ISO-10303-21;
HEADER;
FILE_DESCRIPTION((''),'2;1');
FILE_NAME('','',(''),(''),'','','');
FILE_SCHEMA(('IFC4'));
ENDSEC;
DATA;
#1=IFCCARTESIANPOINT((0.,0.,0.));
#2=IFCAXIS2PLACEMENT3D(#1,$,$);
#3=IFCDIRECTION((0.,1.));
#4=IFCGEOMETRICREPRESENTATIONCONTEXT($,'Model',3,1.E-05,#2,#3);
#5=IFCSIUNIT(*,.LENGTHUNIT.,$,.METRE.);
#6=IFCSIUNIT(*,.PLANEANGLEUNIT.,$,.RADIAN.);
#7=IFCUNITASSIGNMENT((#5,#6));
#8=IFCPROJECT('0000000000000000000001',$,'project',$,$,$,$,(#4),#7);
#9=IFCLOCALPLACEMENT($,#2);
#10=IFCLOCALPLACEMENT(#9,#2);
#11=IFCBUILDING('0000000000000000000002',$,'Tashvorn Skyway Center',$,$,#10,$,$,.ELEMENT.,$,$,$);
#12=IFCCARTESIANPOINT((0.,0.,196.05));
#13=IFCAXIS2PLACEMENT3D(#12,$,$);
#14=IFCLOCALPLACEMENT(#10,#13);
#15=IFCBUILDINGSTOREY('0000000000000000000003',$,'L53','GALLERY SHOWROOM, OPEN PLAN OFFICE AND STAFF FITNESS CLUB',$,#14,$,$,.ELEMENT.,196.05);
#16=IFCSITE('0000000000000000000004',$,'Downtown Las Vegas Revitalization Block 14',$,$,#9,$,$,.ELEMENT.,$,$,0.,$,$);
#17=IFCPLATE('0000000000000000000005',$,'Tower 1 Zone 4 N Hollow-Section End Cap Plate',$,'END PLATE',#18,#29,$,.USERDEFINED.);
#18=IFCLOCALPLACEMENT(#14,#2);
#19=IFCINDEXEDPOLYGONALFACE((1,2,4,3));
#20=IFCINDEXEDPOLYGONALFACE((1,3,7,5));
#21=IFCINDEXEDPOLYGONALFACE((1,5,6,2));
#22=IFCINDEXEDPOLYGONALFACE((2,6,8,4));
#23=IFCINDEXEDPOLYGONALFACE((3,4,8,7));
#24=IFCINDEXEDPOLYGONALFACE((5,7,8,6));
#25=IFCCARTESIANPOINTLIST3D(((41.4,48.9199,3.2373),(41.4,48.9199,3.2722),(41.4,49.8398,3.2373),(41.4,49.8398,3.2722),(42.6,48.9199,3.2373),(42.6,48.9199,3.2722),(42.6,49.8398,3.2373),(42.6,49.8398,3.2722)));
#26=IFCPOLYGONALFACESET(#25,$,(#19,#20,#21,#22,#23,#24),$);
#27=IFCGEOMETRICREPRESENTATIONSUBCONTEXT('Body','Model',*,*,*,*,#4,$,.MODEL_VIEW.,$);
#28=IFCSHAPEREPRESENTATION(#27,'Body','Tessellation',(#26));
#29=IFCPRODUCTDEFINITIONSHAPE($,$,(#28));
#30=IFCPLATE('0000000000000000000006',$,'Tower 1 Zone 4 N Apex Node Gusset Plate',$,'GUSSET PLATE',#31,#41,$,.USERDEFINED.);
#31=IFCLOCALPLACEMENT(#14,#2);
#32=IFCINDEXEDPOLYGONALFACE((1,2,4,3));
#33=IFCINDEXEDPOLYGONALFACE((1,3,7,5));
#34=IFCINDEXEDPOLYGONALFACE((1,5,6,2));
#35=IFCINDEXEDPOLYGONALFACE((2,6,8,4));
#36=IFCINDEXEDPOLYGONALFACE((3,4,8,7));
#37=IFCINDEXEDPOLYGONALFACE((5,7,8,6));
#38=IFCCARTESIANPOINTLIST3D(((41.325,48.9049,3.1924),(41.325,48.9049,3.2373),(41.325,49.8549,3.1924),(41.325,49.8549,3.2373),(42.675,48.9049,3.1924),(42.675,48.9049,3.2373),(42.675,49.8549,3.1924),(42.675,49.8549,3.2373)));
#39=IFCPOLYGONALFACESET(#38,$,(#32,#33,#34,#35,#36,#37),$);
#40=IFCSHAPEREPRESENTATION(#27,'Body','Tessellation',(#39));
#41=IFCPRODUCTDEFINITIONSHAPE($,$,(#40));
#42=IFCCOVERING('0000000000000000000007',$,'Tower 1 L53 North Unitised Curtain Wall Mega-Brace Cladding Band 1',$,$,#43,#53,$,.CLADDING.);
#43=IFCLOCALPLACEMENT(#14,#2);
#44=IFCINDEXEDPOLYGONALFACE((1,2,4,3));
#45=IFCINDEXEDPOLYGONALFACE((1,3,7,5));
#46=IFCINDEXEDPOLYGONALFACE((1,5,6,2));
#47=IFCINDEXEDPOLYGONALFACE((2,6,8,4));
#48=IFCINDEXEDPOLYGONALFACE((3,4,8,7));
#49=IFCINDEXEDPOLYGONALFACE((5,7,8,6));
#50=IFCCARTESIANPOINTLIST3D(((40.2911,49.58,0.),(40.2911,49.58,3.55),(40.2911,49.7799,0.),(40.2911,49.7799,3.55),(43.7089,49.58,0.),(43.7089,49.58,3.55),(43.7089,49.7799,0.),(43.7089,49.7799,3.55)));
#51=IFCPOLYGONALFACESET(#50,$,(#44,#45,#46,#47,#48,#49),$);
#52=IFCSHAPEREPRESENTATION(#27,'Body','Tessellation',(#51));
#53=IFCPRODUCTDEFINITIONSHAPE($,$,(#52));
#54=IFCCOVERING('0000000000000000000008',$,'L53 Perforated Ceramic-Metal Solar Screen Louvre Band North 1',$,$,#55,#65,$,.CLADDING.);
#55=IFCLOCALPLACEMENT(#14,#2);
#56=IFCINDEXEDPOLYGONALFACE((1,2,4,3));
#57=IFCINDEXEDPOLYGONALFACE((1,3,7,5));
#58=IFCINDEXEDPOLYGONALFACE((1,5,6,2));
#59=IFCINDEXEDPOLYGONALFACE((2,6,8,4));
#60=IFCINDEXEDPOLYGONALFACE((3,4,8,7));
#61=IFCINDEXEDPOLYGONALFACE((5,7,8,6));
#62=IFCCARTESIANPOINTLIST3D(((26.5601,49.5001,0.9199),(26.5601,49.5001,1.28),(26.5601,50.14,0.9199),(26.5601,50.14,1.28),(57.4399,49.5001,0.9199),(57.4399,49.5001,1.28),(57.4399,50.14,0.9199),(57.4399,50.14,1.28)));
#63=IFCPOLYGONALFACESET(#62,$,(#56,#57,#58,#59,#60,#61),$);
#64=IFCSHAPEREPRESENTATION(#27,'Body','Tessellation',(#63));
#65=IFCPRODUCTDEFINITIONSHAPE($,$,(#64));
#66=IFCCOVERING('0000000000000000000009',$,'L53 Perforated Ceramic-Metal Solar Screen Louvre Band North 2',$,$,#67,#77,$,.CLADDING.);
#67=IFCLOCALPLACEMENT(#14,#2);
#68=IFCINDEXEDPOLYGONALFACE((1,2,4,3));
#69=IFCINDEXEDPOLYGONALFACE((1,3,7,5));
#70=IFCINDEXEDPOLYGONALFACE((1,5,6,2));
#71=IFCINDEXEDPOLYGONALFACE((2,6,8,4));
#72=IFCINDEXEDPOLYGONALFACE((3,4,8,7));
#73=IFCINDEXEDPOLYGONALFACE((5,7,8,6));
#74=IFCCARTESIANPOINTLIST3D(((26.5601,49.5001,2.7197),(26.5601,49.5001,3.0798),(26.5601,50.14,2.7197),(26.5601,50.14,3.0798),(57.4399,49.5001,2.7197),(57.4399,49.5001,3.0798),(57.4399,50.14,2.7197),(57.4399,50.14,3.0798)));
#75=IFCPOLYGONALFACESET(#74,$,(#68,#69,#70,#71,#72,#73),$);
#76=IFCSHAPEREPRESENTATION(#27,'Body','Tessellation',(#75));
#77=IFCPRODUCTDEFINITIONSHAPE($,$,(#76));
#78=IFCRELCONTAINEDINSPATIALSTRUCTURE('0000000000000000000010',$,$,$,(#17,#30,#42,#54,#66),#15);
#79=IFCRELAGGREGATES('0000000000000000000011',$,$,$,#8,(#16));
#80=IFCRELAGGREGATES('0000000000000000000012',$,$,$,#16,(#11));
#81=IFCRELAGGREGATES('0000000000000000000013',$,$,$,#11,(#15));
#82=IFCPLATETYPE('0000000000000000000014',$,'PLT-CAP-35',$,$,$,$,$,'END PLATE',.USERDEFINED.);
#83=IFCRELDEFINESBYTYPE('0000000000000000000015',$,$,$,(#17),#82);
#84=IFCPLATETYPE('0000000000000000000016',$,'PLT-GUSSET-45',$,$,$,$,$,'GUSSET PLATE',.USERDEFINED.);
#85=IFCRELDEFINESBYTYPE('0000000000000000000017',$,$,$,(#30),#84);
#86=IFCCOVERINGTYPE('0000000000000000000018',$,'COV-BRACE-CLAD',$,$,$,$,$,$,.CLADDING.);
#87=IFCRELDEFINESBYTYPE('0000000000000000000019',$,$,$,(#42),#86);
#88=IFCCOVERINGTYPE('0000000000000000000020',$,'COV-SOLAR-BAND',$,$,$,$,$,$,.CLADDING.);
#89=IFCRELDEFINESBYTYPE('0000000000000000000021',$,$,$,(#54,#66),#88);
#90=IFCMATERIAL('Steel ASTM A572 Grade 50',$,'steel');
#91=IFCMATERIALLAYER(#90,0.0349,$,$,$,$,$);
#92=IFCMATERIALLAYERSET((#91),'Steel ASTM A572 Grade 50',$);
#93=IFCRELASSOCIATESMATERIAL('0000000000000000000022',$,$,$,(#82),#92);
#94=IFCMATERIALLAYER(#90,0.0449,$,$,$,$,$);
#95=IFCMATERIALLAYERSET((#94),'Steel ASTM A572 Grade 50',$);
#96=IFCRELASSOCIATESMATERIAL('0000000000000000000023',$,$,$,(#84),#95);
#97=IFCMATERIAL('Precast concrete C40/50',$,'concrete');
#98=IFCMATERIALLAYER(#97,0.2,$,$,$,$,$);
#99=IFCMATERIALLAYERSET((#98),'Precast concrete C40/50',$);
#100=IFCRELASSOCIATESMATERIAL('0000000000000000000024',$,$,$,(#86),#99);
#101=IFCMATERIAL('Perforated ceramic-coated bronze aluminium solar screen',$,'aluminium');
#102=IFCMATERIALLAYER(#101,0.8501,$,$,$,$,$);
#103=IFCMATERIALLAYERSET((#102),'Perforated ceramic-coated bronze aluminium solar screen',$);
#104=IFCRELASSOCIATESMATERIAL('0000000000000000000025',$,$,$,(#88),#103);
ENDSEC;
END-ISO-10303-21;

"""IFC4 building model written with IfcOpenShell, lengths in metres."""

from ifc_helpers import new_model, si_unit, direction, frame, origin, origin_2d, place, context, subcontext, project, spatial, rectangle, extrude, material, layer, layer_set, type_object, element, save


model = new_model("IFC4")

# Units and contexts
model_context = context("Model", 3, precision=1e-05, world=origin(), true_north=direction((0.0, 1.0)))
body_context = subcontext(model_context, "Body", "Model", "MODEL_VIEW")
ifc_project = project(units=[si_unit("LENGTHUNIT", "METRE"), si_unit("PLANEANGLEUNIT", "RADIAN")], contexts=[model_context])

# Site, building, storey
site_placement = place(None, origin())
site = spatial("IfcSite", under=ifc_project, at=site_placement, Name="Downtown Las Vegas Revitalization Block 14", CompositionType="ELEMENT", RefElevation=0.0)
building_placement = place(site_placement, origin())
building = spatial("IfcBuilding", under=site, at=building_placement, Name="Tashvorn Skyway Center", CompositionType="ELEMENT")
storey_placement = place(building_placement, frame((0.0, 0.0, 196.05)))
storey = spatial("IfcBuildingStorey", under=building, at=storey_placement, Name="L53", Description="GALLERY SHOWROOM, OPEN PLAN OFFICE AND STAFF FITNESS CLUB", CompositionType="ELEMENT", Elevation=196.05)

# Shared definitions
ifc_material_1 = material(Name="Steel ASTM A572 Grade 50", Category="steel")

# Plates
ifc_layer_1 = layer(ifc_material_1, 0.0349)
ifc_layer_set_1 = layer_set([ifc_layer_1], Name="Steel ASTM A572 Grade 50")
plate_type_1 = type_object("IfcPlateType", Name="PLT-CAP-35", ElementType="END PLATE", PredefinedType="USERDEFINED", material=ifc_layer_set_1)
plate_1_placement = place(storey_placement, frame((42.0, 49.3799, 3.2373), z_axis=(0.0, 0.0, 1.0), x_axis=(-1.0, 0.0, 0.0)))
element("IfcPlate", 1, at=plate_1_placement, inside=storey, type_object=plate_type_1, Name="Tower 1 Zone 4 N Hollow-Section End Cap Plate", ObjectType="END PLATE", PredefinedType="USERDEFINED", context=body_context, shape_type="SweptSolid", body=[
    extrude(rectangle(XDim=1.2, YDim=0.9199, at=origin_2d()), origin(), (0.0, 0.0, 1.0), 0.0349),
])
ifc_layer_2 = layer(ifc_material_1, 0.0449)
ifc_layer_set_2 = layer_set([ifc_layer_2], Name="Steel ASTM A572 Grade 50")
plate_type_2 = type_object("IfcPlateType", Name="PLT-GUSSET-45", ElementType="GUSSET PLATE", PredefinedType="USERDEFINED", material=ifc_layer_set_2)
plate_2_placement = place(storey_placement, frame((42.0, 49.3799, 3.1924), z_axis=(0.0, 0.0, 1.0), x_axis=(-1.0, 0.0, 0.0)))
element("IfcPlate", 2, at=plate_2_placement, inside=storey, type_object=plate_type_2, Name="Tower 1 Zone 4 N Apex Node Gusset Plate", ObjectType="GUSSET PLATE", PredefinedType="USERDEFINED", context=body_context, shape_type="SweptSolid", body=[
    extrude(rectangle(XDim=1.3501, YDim=0.95, at=origin_2d()), origin(), (0.0, 0.0, 1.0), 0.0449),
])

# Coverings
ifc_material_2 = material(Name="Precast concrete C40/50", Category="concrete")
ifc_layer_3 = layer(ifc_material_2, 0.2)
ifc_layer_set_3 = layer_set([ifc_layer_3], Name="Precast concrete C40/50")
covering_type_1 = type_object("IfcCoveringType", Name="COV-BRACE-CLAD", PredefinedType="CLADDING", material=ifc_layer_set_3)
covering_placement = place(storey_placement, frame((42.0, 49.6799, 0.0), z_axis=(0.0, 0.0, 1.0), x_axis=(1.0, 0.0, 0.0)))
element("IfcCovering", 3, at=covering_placement, inside=storey, type_object=covering_type_1, Name="Tower 1 L53 North Unitised Curtain Wall Mega-Brace Cladding Band 1", PredefinedType="CLADDING", context=body_context, shape_type="SweptSolid", body=[
    extrude(rectangle(XDim=3.4177, YDim=0.2, at=origin_2d()), origin(), (0.0, 0.0, 1.0), 3.55),
])
ifc_material_3 = material(Name="Perforated ceramic-coated bronze aluminium solar screen", Category="aluminium")
ifc_layer_4 = layer(ifc_material_3, 0.8501)
ifc_layer_set_4 = layer_set([ifc_layer_4], Name="Perforated ceramic-coated bronze aluminium solar screen")
covering_type_2 = type_object("IfcCoveringType", Name="COV-SOLAR-BAND", PredefinedType="CLADDING", material=ifc_layer_set_4)
for number, where, z_axis, x_axis, name in (
    (4, (42.0, 49.8201, 0.9199), (0.0, 0.0, 1.0), (1.0, 0.0, 0.0), "L53 Perforated Ceramic-Metal Solar Screen Louvre Band North 1"),
    (5, (42.0, 49.8201, 2.7197), (0.0, 0.0, 1.0), (1.0, 0.0, 0.0), "L53 Perforated Ceramic-Metal Solar Screen Louvre Band North 2"),
):
    element("IfcCovering", number, at=place(storey_placement, frame(where, z_axis=z_axis, x_axis=x_axis)), inside=storey, type_object=covering_type_2, Name=name, PredefinedType="CLADDING", context=body_context, shape_type="SweptSolid", body=[
        extrude(rectangle(XDim=30.8799, YDim=0.6399, at=origin_2d()), origin(), (0.0, 0.0, 1.0), 0.3601),
    ])

save(model, "model.ifc")
